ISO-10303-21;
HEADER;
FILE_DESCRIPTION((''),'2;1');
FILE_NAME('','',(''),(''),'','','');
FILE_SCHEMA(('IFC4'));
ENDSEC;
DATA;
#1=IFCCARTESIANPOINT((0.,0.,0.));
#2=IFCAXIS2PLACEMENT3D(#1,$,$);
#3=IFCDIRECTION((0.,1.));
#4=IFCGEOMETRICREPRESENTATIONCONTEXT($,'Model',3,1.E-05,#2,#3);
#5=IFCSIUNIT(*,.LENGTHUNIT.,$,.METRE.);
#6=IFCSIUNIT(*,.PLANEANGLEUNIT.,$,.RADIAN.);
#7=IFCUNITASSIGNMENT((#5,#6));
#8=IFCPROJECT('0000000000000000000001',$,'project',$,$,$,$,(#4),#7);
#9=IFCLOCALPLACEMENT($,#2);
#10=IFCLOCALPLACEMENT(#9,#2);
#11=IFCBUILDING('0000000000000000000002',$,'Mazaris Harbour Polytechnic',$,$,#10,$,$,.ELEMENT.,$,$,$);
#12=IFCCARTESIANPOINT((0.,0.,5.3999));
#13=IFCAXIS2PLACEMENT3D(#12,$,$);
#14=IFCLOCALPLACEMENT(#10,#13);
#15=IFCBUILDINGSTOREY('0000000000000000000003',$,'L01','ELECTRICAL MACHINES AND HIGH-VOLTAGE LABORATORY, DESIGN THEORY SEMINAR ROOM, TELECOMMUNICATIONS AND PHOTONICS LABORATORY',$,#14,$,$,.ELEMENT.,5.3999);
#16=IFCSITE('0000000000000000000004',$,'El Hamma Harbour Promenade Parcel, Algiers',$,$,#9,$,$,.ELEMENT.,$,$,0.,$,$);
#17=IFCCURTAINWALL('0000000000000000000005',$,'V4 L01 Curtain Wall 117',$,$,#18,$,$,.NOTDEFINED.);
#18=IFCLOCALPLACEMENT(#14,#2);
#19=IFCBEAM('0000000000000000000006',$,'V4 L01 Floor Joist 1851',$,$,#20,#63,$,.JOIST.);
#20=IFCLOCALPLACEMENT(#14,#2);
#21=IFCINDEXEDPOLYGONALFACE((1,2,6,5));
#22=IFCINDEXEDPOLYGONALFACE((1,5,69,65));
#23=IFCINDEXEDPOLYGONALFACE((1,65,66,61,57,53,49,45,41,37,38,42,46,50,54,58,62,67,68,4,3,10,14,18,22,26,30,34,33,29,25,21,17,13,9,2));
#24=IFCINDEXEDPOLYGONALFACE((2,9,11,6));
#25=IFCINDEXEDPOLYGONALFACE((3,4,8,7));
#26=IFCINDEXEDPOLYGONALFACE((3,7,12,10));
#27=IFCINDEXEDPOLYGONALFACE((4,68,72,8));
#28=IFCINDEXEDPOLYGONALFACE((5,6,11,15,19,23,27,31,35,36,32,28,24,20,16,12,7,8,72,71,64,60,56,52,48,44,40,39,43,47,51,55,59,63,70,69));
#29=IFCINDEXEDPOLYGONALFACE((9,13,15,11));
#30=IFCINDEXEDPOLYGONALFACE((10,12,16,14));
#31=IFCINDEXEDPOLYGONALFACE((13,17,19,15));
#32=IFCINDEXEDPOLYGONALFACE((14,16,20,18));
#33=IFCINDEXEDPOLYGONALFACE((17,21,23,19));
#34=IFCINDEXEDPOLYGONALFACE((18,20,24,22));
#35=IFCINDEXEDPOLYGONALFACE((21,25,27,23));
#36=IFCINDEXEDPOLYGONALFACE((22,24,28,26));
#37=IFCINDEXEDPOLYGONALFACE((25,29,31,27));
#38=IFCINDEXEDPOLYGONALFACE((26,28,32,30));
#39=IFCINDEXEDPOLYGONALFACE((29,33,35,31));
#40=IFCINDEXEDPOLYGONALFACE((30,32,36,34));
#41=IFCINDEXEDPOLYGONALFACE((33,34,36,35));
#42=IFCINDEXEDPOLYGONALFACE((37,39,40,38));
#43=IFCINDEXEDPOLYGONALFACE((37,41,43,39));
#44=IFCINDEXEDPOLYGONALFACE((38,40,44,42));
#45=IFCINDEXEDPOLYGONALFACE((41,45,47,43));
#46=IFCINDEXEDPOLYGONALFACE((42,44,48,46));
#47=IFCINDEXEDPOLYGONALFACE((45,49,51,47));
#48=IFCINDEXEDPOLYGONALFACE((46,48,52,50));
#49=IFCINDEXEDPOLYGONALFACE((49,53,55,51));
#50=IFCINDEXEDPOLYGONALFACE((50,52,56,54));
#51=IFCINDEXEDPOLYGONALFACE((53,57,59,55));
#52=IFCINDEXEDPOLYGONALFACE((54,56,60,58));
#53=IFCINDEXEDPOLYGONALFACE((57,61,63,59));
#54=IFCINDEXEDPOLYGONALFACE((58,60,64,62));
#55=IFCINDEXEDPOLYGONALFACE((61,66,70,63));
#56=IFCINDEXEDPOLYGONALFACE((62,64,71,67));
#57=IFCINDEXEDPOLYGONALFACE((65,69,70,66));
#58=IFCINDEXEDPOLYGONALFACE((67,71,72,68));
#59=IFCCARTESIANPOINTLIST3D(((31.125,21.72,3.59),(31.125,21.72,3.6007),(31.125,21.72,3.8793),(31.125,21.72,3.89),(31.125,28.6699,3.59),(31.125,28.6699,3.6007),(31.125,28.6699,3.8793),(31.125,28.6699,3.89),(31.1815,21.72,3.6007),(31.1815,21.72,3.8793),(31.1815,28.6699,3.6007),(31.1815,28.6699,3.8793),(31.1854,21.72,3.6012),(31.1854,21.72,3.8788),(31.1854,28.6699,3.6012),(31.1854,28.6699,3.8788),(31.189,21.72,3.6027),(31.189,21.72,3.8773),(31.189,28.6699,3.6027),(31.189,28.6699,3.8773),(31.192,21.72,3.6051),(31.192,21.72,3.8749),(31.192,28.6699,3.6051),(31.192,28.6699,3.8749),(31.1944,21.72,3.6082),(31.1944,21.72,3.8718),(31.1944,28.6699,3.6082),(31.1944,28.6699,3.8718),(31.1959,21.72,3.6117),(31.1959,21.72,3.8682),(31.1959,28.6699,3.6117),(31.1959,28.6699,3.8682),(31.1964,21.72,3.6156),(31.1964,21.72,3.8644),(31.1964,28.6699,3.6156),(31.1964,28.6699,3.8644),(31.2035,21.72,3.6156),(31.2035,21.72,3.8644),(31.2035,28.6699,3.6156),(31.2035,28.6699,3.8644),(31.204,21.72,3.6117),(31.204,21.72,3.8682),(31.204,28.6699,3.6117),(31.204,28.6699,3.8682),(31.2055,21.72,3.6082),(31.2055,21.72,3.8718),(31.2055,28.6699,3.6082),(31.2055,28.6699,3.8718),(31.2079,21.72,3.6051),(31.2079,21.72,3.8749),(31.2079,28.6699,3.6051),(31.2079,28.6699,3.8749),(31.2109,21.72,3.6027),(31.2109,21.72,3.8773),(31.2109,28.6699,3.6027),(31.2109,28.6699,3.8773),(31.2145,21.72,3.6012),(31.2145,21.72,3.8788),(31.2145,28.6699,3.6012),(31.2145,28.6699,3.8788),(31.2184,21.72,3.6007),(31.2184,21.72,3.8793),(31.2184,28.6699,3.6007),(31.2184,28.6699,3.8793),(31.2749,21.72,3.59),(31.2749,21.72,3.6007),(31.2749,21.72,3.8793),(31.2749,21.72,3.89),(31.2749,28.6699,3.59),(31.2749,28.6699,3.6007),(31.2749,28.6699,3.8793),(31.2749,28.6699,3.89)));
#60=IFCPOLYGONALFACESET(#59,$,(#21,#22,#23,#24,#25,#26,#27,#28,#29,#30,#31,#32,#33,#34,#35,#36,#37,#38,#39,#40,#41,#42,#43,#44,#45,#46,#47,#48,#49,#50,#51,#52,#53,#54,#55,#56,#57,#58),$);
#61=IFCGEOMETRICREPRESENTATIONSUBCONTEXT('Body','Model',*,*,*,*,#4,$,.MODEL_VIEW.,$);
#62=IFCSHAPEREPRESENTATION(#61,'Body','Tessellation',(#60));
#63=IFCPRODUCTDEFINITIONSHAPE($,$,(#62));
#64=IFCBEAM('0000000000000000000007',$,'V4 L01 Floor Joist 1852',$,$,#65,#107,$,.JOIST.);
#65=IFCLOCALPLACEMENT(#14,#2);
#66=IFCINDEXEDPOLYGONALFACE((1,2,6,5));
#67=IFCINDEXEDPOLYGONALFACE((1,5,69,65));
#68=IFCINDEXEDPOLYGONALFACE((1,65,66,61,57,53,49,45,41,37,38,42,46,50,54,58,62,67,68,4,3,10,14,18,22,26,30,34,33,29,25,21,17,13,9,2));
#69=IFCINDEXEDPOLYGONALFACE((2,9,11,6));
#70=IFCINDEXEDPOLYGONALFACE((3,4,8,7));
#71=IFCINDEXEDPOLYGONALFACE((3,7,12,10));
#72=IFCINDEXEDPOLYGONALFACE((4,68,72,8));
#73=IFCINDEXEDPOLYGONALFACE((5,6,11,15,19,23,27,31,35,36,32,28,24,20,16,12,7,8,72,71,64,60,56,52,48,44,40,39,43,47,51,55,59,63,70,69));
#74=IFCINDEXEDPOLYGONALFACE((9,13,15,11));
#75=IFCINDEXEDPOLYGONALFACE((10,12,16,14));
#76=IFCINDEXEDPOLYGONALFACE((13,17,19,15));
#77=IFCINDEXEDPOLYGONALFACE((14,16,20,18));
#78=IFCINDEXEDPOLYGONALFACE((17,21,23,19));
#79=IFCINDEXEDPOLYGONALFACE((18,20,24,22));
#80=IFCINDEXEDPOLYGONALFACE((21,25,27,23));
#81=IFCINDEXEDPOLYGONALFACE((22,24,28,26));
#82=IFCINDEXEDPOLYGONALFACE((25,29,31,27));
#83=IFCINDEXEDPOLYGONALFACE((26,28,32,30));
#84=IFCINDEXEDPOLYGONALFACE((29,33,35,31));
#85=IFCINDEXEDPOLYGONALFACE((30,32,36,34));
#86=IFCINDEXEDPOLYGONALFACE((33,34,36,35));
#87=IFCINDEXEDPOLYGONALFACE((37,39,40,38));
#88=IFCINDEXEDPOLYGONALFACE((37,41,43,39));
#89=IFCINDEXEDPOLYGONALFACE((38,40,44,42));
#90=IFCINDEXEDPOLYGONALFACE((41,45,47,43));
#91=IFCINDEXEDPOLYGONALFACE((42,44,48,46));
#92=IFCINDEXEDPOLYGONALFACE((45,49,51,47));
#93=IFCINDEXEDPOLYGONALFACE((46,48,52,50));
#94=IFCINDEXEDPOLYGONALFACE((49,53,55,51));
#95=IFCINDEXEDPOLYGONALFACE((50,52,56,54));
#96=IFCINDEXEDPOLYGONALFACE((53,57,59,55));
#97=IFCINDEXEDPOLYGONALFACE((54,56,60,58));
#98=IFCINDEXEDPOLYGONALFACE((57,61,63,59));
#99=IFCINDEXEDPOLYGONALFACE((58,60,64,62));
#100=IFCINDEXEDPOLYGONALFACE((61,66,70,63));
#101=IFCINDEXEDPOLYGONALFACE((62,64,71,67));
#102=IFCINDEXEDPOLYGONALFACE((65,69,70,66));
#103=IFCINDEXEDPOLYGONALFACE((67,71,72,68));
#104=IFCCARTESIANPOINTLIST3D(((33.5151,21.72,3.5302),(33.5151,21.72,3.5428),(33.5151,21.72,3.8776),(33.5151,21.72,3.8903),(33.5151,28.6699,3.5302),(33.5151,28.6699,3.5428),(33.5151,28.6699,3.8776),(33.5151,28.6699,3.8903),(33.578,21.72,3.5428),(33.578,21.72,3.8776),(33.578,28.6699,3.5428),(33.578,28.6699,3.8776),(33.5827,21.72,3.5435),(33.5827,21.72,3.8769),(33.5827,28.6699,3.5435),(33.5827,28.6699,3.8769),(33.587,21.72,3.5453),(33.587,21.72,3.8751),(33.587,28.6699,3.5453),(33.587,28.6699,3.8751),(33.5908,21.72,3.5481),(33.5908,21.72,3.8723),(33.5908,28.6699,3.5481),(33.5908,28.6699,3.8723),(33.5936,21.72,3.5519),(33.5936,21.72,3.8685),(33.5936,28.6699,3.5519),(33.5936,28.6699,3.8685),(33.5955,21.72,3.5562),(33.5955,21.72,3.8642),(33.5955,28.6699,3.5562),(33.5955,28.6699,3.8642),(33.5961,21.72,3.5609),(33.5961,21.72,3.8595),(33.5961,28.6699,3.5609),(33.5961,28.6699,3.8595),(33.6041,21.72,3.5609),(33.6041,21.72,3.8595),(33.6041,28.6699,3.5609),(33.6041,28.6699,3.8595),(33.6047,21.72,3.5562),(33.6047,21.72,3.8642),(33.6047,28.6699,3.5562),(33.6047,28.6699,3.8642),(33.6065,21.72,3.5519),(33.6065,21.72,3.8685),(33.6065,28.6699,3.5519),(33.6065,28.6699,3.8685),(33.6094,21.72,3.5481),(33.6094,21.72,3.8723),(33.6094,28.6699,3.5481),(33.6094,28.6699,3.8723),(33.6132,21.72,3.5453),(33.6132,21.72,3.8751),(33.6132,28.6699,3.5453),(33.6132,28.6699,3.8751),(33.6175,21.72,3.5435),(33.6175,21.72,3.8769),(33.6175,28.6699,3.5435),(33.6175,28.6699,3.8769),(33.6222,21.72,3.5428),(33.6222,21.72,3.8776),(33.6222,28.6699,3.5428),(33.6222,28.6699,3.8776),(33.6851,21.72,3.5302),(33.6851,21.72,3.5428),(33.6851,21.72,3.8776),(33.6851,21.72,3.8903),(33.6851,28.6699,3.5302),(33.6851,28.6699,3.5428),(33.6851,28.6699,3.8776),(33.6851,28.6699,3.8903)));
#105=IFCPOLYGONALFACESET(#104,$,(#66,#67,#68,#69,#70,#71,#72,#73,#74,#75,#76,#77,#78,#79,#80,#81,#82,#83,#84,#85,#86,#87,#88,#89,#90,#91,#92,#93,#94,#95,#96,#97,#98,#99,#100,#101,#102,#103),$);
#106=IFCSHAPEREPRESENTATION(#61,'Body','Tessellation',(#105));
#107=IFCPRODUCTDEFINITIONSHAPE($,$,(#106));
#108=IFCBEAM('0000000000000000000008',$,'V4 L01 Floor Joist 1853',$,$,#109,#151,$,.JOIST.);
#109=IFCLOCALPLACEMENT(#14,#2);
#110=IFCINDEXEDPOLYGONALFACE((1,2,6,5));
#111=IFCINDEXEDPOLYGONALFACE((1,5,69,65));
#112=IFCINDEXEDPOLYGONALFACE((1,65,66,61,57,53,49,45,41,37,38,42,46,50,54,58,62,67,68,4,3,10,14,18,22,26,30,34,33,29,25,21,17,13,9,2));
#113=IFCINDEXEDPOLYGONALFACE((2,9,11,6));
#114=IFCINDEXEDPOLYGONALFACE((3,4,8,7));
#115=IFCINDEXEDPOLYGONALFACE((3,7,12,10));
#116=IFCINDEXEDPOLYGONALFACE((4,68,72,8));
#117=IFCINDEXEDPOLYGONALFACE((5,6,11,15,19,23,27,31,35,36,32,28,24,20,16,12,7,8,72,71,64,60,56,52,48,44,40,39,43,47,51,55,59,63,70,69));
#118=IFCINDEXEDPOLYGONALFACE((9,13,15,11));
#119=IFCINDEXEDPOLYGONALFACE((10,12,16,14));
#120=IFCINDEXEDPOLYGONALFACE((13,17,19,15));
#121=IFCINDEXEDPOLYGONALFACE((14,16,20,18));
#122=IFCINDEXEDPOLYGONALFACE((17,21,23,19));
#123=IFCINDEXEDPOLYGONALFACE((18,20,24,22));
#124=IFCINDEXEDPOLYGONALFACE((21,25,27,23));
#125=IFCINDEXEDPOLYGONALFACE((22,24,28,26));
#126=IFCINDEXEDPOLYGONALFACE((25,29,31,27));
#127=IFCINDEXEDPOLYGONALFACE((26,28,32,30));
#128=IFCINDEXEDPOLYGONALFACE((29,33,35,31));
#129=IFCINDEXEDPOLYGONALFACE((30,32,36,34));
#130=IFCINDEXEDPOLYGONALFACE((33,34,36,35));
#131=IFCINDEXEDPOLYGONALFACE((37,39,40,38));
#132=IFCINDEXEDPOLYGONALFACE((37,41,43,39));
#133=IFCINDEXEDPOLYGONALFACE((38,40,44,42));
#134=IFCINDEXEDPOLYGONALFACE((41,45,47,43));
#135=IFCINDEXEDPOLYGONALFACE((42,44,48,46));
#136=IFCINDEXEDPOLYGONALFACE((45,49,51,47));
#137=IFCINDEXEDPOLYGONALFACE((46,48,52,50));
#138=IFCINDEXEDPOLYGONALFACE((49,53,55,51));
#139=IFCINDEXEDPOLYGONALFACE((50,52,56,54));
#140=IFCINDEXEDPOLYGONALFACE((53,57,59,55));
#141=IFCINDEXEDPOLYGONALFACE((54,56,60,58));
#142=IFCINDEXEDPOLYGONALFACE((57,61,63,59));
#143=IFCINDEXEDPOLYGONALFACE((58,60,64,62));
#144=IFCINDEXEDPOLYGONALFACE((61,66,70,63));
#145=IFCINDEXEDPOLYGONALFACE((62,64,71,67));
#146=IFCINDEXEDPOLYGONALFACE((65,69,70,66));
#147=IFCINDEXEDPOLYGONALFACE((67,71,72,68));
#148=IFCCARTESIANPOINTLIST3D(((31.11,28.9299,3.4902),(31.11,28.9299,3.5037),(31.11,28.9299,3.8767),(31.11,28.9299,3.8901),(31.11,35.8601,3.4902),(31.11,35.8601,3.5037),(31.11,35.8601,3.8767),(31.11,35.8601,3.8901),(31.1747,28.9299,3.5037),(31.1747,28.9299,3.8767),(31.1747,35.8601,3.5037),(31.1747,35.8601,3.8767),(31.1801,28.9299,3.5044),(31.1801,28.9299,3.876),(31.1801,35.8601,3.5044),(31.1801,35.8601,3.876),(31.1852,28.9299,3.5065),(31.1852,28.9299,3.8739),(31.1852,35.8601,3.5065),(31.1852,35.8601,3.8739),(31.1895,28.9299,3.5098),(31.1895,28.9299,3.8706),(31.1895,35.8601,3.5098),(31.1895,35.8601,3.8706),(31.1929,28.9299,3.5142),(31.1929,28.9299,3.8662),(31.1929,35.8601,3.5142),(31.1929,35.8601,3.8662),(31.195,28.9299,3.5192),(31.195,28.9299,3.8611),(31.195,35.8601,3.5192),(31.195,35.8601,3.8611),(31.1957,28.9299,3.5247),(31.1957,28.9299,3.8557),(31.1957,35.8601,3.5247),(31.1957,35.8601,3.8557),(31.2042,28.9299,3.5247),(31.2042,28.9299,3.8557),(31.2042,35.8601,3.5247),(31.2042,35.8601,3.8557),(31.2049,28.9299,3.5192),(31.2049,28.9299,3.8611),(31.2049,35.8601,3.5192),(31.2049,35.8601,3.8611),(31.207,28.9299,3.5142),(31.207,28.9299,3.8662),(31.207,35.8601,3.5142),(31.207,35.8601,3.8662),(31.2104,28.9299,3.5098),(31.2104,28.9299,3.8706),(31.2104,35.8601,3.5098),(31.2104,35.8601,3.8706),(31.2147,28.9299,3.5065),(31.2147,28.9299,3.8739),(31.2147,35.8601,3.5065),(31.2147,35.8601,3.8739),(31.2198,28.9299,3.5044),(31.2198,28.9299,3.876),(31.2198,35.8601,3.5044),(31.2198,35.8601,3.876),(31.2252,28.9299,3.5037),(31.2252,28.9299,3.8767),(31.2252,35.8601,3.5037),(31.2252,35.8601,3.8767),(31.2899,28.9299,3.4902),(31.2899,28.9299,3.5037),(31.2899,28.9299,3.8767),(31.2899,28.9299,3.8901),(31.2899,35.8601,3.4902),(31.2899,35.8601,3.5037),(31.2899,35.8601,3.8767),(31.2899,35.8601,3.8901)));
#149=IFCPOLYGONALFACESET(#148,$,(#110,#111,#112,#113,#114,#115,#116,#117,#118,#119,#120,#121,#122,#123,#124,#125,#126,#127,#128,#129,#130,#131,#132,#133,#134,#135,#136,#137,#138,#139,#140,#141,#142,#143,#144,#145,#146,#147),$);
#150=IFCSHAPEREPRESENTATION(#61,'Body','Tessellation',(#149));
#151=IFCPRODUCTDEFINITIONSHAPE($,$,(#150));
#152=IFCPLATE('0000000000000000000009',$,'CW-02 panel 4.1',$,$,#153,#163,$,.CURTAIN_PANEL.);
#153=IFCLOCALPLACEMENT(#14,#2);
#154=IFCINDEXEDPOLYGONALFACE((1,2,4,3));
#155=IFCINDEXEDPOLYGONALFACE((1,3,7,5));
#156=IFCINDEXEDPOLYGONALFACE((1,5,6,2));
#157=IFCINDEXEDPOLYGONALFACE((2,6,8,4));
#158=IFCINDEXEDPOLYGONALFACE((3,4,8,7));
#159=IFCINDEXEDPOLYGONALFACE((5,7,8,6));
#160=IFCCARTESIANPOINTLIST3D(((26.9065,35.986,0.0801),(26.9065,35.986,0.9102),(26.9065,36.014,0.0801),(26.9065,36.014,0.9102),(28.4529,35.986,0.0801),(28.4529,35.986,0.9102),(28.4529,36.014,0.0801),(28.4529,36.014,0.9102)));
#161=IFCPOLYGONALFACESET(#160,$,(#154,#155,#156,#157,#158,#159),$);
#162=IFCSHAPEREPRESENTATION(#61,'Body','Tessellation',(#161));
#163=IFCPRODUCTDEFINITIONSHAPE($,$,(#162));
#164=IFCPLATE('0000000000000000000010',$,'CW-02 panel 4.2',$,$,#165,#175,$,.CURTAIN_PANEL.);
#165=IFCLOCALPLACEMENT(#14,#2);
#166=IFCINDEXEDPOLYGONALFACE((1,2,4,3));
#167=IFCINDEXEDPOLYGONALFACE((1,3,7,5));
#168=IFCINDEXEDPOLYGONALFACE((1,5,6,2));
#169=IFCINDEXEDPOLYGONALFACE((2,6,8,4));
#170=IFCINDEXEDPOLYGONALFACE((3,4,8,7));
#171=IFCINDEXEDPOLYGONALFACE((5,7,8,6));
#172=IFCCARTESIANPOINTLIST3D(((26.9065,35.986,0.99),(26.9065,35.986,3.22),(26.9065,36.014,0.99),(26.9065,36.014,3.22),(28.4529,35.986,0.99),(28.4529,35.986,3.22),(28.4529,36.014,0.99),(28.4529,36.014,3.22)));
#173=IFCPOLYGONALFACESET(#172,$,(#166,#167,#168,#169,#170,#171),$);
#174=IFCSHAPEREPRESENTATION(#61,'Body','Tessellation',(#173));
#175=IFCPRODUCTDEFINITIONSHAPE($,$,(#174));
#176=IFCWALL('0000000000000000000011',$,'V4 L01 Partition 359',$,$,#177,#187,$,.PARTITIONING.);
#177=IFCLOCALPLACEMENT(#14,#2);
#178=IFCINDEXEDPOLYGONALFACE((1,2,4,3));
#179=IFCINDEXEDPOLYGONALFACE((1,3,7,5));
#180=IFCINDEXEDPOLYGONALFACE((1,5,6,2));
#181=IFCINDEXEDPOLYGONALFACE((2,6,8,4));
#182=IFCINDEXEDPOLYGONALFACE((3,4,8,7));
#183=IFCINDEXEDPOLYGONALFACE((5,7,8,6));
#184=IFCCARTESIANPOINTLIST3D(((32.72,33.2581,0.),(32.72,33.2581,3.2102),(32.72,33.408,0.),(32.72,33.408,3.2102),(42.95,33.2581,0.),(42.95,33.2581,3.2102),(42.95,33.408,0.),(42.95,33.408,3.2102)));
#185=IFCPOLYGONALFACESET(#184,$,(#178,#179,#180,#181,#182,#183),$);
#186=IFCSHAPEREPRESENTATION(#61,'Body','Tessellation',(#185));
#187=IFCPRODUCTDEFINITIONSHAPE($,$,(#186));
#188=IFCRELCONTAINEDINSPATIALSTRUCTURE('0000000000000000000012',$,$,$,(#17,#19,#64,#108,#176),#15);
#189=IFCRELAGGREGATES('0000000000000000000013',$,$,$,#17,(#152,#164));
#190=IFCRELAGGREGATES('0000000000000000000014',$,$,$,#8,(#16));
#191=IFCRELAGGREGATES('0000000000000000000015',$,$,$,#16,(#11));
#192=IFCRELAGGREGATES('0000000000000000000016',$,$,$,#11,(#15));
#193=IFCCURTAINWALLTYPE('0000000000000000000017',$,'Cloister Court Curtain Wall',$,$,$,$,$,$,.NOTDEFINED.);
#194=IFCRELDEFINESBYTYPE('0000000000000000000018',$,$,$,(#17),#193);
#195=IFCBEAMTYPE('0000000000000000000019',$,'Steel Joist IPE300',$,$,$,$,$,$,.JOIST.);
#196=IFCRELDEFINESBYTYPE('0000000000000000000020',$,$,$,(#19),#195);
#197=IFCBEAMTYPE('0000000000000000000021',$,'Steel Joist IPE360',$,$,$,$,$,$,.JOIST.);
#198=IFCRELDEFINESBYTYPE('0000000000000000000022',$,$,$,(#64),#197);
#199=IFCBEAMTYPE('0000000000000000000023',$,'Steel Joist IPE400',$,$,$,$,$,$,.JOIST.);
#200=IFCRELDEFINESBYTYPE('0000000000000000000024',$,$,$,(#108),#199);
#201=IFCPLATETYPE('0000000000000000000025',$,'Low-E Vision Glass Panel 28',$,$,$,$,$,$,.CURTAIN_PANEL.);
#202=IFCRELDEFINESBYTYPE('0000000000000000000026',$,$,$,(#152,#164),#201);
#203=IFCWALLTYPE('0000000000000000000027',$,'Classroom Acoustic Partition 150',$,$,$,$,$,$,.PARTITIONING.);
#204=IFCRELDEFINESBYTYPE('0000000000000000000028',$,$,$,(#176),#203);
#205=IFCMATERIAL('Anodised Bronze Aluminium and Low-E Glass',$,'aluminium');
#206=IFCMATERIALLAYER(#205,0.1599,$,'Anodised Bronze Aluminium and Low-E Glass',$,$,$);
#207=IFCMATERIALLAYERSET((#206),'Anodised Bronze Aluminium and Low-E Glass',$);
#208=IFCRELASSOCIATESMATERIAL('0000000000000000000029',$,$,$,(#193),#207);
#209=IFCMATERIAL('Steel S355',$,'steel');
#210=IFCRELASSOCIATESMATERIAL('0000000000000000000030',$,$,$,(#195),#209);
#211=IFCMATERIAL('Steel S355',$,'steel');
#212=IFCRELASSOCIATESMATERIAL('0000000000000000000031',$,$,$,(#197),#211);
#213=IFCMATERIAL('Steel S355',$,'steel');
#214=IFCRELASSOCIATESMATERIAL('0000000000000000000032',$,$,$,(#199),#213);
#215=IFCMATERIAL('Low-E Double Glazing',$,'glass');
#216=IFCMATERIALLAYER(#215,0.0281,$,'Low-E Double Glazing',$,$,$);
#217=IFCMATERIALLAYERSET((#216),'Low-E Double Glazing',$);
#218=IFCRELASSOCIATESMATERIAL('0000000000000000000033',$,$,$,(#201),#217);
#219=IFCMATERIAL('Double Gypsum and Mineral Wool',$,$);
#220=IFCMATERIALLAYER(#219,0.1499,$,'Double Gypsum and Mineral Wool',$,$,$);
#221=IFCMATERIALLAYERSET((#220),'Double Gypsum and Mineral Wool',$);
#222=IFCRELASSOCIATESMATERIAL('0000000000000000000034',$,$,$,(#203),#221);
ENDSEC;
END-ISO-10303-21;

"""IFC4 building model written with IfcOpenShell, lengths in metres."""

from ifc_helpers import new_model, si_unit, direction, frame, frame_2d, origin, origin_2d, place, context, subcontext, project, spatial, rectangle, i_section, extrude, material, layer, layer_set, material_profile, profile_set, type_object, element, aggregate, save


model = new_model("IFC4")

# Units and contexts
model_context = context("Model", 3, precision=1e-05, world=origin(), true_north=direction((0.0, 1.0)))
body_context = subcontext(model_context, "Body", "Model", "MODEL_VIEW")
ifc_project = project(units=[si_unit("LENGTHUNIT", "METRE"), si_unit("PLANEANGLEUNIT", "RADIAN")], contexts=[model_context])

# Site, building, storey
site_placement = place(None, origin())
site = spatial("IfcSite", under=ifc_project, at=site_placement, Name="El Hamma Harbour Promenade Parcel, Algiers", CompositionType="ELEMENT", RefElevation=0.0)
building_placement = place(site_placement, origin())
building = spatial("IfcBuilding", under=site, at=building_placement, Name="Mazaris Harbour Polytechnic", CompositionType="ELEMENT")
storey_placement = place(building_placement, frame((0.0, 0.0, 5.3999)))
storey = spatial("IfcBuildingStorey", under=building, at=storey_placement, Name="L01", Description="ELECTRICAL MACHINES AND HIGH-VOLTAGE LABORATORY, DESIGN THEORY SEMINAR ROOM, TELECOMMUNICATIONS AND PHOTONICS LABORATORY", CompositionType="ELEMENT", Elevation=5.3999)

# Curtain wall
ifc_material_1 = material(Name="Anodised Bronze Aluminium and Low-E Glass", Category="aluminium")
ifc_layer_1 = layer(ifc_material_1, 0.1599, Name="Anodised Bronze Aluminium and Low-E Glass")
ifc_layer_set_1 = layer_set([ifc_layer_1], Name="Anodised Bronze Aluminium and Low-E Glass")
curtain_wall_type = type_object("IfcCurtainWallType", Name="Cloister Court Curtain Wall", PredefinedType="NOTDEFINED", material=ifc_layer_set_1)
curtain_wall_placement = place(storey_placement, origin())
curtain_wall = element("IfcCurtainWall", 1, at=curtain_wall_placement, inside=storey, type_object=curtain_wall_type, Name="V4 L01 Curtain Wall 117", PredefinedType="NOTDEFINED")

# Beams
ifc_material_2 = material(Name="Steel S355", Category="steel")
ifc_material_profile_1 = material_profile(ifc_material_2, i_section(OverallWidth=0.1499, OverallDepth=0.3, WebThickness=0.0071, FlangeThickness=0.0107, FilletRadius=0.0149, at=origin_2d()), Name="IPE 300")
ifc_profile_set_1 = profile_set([ifc_material_profile_1], Name="Steel S355")
beam_type_1 = type_object("IfcBeamType", Name="Steel Joist IPE300", PredefinedType="JOIST", material=ifc_profile_set_1)
beam_1_placement = place(storey_placement, frame((31.2, 21.72, 3.74), z_axis=(0.0, 1.0, 0.0), x_axis=(-1.0, 0.0, 0.0)))
element("IfcBeam", 2, at=beam_1_placement, inside=storey, type_object=beam_type_1, Name="V4 L01 Floor Joist 1851", PredefinedType="JOIST", context=body_context, shape_type="SweptSolid", body=[
    extrude(i_section(OverallWidth=0.1499, OverallDepth=0.3, WebThickness=0.0071, FlangeThickness=0.0107, FilletRadius=0.0149, at=origin_2d()), origin(), (0.0, 0.0, 1.0), 6.95),
])
ifc_material_3 = material(Name="Steel S355", Category="steel")
ifc_material_profile_2 = material_profile(ifc_material_3, i_section(OverallWidth=0.1699, OverallDepth=0.3601, WebThickness=0.0081, FlangeThickness=0.0127, FilletRadius=0.0181, at=origin_2d()), Name="IPE 360")
ifc_profile_set_2 = profile_set([ifc_material_profile_2], Name="Steel S355")
beam_type_2 = type_object("IfcBeamType", Name="Steel Joist IPE360", PredefinedType="JOIST", material=ifc_profile_set_2)
beam_2_placement = place(storey_placement, frame((33.6001, 21.72, 3.7102), z_axis=(0.0, 1.0, 0.0), x_axis=(-1.0, 0.0, 0.0)))
element("IfcBeam", 3, at=beam_2_placement, inside=storey, type_object=beam_type_2, Name="V4 L01 Floor Joist 1852", PredefinedType="JOIST", context=body_context, shape_type="SweptSolid", body=[
    extrude(i_section(OverallWidth=0.1699, OverallDepth=0.3601, WebThickness=0.0081, FlangeThickness=0.0127, FilletRadius=0.0181, at=origin_2d()), origin(), (0.0, 0.0, 1.0), 6.95),
])
ifc_material_4 = material(Name="Steel S355", Category="steel")
ifc_material_profile_3 = material_profile(ifc_material_4, i_section(OverallWidth=0.1799, OverallDepth=0.3999, WebThickness=0.0085, FlangeThickness=0.0134, FilletRadius=0.021, at=origin_2d()), Name="IPE 400")
ifc_profile_set_3 = profile_set([ifc_material_profile_3], Name="Steel S355")
beam_type_3 = type_object("IfcBeamType", Name="Steel Joist IPE400", PredefinedType="JOIST", material=ifc_profile_set_3)
beam_3_placement = place(storey_placement, frame((31.2, 28.9299, 3.6902), z_axis=(0.0, 1.0, 0.0), x_axis=(-1.0, 0.0, 0.0)))
element("IfcBeam", 4, at=beam_3_placement, inside=storey, type_object=beam_type_3, Name="V4 L01 Floor Joist 1853", PredefinedType="JOIST", context=body_context, shape_type="SweptSolid", body=[
    extrude(i_section(OverallWidth=0.1799, OverallDepth=0.3999, WebThickness=0.0085, FlangeThickness=0.0134, FilletRadius=0.021, at=origin_2d()), origin(), (0.0, 0.0, 1.0), 6.9302),
])

# Plates
ifc_material_5 = material(Name="Low-E Double Glazing", Category="glass")
ifc_layer_2 = layer(ifc_material_5, 0.0281, Name="Low-E Double Glazing")
ifc_layer_set_2 = layer_set([ifc_layer_2], Name="Low-E Double Glazing")
plate_type = type_object("IfcPlateType", Name="Low-E Vision Glass Panel 28", PredefinedType="CURTAIN_PANEL", material=ifc_layer_set_2)
plate_1_placement = place(storey_placement, frame((27.6797, 36.0, 0.0801), z_axis=(0.0, 0.0, 1.0), x_axis=(1.0, 0.0, 0.0)))
plate_1 = element("IfcPlate", 5, at=plate_1_placement, type_object=plate_type, Name="CW-02 panel 4.1", PredefinedType="CURTAIN_PANEL", context=body_context, shape_type="SweptSolid", body=[
    extrude(rectangle(XDim=1.5464, YDim=0.0281, at=origin_2d()), origin(), (0.0, 0.0, 1.0), 0.8301),
])
plate_2_placement = place(storey_placement, frame((27.6797, 36.0, 0.99), z_axis=(0.0, 0.0, 1.0), x_axis=(1.0, 0.0, 0.0)))
plate_2 = element("IfcPlate", 6, at=plate_2_placement, type_object=plate_type, Name="CW-02 panel 4.2", PredefinedType="CURTAIN_PANEL", context=body_context, shape_type="SweptSolid", body=[
    extrude(rectangle(XDim=1.5464, YDim=0.0281, at=origin_2d()), origin(), (0.0, 0.0, 1.0), 2.23),
])
aggregate(curtain_wall, [plate_1, plate_2])

# Wall
ifc_material_6 = material(Name="Double Gypsum and Mineral Wool")
ifc_layer_3 = layer(ifc_material_6, 0.1499, Name="Double Gypsum and Mineral Wool")
ifc_layer_set_3 = layer_set([ifc_layer_3], Name="Double Gypsum and Mineral Wool")
wall_type_1 = type_object("IfcWallType", Name="Classroom Acoustic Partition 150", PredefinedType="PARTITIONING", material=ifc_layer_set_3)
wall_1_placement = place(storey_placement, frame((32.72, 33.333, 0.0), z_axis=(0.0, 0.0, 1.0), x_axis=(1.0, 0.0, 0.0)))
element("IfcWall", 7, at=wall_1_placement, inside=storey, type_object=wall_type_1, Name="V4 L01 Partition 359", PredefinedType="PARTITIONING", context=body_context, shape_type="SweptSolid", body=[
    extrude(rectangle(XDim=10.23, YDim=0.1499, at=frame_2d((5.115, 0.0))), origin(), (0.0, 0.0, 1.0), 3.2102),
])

save(model, "model.ifc")
